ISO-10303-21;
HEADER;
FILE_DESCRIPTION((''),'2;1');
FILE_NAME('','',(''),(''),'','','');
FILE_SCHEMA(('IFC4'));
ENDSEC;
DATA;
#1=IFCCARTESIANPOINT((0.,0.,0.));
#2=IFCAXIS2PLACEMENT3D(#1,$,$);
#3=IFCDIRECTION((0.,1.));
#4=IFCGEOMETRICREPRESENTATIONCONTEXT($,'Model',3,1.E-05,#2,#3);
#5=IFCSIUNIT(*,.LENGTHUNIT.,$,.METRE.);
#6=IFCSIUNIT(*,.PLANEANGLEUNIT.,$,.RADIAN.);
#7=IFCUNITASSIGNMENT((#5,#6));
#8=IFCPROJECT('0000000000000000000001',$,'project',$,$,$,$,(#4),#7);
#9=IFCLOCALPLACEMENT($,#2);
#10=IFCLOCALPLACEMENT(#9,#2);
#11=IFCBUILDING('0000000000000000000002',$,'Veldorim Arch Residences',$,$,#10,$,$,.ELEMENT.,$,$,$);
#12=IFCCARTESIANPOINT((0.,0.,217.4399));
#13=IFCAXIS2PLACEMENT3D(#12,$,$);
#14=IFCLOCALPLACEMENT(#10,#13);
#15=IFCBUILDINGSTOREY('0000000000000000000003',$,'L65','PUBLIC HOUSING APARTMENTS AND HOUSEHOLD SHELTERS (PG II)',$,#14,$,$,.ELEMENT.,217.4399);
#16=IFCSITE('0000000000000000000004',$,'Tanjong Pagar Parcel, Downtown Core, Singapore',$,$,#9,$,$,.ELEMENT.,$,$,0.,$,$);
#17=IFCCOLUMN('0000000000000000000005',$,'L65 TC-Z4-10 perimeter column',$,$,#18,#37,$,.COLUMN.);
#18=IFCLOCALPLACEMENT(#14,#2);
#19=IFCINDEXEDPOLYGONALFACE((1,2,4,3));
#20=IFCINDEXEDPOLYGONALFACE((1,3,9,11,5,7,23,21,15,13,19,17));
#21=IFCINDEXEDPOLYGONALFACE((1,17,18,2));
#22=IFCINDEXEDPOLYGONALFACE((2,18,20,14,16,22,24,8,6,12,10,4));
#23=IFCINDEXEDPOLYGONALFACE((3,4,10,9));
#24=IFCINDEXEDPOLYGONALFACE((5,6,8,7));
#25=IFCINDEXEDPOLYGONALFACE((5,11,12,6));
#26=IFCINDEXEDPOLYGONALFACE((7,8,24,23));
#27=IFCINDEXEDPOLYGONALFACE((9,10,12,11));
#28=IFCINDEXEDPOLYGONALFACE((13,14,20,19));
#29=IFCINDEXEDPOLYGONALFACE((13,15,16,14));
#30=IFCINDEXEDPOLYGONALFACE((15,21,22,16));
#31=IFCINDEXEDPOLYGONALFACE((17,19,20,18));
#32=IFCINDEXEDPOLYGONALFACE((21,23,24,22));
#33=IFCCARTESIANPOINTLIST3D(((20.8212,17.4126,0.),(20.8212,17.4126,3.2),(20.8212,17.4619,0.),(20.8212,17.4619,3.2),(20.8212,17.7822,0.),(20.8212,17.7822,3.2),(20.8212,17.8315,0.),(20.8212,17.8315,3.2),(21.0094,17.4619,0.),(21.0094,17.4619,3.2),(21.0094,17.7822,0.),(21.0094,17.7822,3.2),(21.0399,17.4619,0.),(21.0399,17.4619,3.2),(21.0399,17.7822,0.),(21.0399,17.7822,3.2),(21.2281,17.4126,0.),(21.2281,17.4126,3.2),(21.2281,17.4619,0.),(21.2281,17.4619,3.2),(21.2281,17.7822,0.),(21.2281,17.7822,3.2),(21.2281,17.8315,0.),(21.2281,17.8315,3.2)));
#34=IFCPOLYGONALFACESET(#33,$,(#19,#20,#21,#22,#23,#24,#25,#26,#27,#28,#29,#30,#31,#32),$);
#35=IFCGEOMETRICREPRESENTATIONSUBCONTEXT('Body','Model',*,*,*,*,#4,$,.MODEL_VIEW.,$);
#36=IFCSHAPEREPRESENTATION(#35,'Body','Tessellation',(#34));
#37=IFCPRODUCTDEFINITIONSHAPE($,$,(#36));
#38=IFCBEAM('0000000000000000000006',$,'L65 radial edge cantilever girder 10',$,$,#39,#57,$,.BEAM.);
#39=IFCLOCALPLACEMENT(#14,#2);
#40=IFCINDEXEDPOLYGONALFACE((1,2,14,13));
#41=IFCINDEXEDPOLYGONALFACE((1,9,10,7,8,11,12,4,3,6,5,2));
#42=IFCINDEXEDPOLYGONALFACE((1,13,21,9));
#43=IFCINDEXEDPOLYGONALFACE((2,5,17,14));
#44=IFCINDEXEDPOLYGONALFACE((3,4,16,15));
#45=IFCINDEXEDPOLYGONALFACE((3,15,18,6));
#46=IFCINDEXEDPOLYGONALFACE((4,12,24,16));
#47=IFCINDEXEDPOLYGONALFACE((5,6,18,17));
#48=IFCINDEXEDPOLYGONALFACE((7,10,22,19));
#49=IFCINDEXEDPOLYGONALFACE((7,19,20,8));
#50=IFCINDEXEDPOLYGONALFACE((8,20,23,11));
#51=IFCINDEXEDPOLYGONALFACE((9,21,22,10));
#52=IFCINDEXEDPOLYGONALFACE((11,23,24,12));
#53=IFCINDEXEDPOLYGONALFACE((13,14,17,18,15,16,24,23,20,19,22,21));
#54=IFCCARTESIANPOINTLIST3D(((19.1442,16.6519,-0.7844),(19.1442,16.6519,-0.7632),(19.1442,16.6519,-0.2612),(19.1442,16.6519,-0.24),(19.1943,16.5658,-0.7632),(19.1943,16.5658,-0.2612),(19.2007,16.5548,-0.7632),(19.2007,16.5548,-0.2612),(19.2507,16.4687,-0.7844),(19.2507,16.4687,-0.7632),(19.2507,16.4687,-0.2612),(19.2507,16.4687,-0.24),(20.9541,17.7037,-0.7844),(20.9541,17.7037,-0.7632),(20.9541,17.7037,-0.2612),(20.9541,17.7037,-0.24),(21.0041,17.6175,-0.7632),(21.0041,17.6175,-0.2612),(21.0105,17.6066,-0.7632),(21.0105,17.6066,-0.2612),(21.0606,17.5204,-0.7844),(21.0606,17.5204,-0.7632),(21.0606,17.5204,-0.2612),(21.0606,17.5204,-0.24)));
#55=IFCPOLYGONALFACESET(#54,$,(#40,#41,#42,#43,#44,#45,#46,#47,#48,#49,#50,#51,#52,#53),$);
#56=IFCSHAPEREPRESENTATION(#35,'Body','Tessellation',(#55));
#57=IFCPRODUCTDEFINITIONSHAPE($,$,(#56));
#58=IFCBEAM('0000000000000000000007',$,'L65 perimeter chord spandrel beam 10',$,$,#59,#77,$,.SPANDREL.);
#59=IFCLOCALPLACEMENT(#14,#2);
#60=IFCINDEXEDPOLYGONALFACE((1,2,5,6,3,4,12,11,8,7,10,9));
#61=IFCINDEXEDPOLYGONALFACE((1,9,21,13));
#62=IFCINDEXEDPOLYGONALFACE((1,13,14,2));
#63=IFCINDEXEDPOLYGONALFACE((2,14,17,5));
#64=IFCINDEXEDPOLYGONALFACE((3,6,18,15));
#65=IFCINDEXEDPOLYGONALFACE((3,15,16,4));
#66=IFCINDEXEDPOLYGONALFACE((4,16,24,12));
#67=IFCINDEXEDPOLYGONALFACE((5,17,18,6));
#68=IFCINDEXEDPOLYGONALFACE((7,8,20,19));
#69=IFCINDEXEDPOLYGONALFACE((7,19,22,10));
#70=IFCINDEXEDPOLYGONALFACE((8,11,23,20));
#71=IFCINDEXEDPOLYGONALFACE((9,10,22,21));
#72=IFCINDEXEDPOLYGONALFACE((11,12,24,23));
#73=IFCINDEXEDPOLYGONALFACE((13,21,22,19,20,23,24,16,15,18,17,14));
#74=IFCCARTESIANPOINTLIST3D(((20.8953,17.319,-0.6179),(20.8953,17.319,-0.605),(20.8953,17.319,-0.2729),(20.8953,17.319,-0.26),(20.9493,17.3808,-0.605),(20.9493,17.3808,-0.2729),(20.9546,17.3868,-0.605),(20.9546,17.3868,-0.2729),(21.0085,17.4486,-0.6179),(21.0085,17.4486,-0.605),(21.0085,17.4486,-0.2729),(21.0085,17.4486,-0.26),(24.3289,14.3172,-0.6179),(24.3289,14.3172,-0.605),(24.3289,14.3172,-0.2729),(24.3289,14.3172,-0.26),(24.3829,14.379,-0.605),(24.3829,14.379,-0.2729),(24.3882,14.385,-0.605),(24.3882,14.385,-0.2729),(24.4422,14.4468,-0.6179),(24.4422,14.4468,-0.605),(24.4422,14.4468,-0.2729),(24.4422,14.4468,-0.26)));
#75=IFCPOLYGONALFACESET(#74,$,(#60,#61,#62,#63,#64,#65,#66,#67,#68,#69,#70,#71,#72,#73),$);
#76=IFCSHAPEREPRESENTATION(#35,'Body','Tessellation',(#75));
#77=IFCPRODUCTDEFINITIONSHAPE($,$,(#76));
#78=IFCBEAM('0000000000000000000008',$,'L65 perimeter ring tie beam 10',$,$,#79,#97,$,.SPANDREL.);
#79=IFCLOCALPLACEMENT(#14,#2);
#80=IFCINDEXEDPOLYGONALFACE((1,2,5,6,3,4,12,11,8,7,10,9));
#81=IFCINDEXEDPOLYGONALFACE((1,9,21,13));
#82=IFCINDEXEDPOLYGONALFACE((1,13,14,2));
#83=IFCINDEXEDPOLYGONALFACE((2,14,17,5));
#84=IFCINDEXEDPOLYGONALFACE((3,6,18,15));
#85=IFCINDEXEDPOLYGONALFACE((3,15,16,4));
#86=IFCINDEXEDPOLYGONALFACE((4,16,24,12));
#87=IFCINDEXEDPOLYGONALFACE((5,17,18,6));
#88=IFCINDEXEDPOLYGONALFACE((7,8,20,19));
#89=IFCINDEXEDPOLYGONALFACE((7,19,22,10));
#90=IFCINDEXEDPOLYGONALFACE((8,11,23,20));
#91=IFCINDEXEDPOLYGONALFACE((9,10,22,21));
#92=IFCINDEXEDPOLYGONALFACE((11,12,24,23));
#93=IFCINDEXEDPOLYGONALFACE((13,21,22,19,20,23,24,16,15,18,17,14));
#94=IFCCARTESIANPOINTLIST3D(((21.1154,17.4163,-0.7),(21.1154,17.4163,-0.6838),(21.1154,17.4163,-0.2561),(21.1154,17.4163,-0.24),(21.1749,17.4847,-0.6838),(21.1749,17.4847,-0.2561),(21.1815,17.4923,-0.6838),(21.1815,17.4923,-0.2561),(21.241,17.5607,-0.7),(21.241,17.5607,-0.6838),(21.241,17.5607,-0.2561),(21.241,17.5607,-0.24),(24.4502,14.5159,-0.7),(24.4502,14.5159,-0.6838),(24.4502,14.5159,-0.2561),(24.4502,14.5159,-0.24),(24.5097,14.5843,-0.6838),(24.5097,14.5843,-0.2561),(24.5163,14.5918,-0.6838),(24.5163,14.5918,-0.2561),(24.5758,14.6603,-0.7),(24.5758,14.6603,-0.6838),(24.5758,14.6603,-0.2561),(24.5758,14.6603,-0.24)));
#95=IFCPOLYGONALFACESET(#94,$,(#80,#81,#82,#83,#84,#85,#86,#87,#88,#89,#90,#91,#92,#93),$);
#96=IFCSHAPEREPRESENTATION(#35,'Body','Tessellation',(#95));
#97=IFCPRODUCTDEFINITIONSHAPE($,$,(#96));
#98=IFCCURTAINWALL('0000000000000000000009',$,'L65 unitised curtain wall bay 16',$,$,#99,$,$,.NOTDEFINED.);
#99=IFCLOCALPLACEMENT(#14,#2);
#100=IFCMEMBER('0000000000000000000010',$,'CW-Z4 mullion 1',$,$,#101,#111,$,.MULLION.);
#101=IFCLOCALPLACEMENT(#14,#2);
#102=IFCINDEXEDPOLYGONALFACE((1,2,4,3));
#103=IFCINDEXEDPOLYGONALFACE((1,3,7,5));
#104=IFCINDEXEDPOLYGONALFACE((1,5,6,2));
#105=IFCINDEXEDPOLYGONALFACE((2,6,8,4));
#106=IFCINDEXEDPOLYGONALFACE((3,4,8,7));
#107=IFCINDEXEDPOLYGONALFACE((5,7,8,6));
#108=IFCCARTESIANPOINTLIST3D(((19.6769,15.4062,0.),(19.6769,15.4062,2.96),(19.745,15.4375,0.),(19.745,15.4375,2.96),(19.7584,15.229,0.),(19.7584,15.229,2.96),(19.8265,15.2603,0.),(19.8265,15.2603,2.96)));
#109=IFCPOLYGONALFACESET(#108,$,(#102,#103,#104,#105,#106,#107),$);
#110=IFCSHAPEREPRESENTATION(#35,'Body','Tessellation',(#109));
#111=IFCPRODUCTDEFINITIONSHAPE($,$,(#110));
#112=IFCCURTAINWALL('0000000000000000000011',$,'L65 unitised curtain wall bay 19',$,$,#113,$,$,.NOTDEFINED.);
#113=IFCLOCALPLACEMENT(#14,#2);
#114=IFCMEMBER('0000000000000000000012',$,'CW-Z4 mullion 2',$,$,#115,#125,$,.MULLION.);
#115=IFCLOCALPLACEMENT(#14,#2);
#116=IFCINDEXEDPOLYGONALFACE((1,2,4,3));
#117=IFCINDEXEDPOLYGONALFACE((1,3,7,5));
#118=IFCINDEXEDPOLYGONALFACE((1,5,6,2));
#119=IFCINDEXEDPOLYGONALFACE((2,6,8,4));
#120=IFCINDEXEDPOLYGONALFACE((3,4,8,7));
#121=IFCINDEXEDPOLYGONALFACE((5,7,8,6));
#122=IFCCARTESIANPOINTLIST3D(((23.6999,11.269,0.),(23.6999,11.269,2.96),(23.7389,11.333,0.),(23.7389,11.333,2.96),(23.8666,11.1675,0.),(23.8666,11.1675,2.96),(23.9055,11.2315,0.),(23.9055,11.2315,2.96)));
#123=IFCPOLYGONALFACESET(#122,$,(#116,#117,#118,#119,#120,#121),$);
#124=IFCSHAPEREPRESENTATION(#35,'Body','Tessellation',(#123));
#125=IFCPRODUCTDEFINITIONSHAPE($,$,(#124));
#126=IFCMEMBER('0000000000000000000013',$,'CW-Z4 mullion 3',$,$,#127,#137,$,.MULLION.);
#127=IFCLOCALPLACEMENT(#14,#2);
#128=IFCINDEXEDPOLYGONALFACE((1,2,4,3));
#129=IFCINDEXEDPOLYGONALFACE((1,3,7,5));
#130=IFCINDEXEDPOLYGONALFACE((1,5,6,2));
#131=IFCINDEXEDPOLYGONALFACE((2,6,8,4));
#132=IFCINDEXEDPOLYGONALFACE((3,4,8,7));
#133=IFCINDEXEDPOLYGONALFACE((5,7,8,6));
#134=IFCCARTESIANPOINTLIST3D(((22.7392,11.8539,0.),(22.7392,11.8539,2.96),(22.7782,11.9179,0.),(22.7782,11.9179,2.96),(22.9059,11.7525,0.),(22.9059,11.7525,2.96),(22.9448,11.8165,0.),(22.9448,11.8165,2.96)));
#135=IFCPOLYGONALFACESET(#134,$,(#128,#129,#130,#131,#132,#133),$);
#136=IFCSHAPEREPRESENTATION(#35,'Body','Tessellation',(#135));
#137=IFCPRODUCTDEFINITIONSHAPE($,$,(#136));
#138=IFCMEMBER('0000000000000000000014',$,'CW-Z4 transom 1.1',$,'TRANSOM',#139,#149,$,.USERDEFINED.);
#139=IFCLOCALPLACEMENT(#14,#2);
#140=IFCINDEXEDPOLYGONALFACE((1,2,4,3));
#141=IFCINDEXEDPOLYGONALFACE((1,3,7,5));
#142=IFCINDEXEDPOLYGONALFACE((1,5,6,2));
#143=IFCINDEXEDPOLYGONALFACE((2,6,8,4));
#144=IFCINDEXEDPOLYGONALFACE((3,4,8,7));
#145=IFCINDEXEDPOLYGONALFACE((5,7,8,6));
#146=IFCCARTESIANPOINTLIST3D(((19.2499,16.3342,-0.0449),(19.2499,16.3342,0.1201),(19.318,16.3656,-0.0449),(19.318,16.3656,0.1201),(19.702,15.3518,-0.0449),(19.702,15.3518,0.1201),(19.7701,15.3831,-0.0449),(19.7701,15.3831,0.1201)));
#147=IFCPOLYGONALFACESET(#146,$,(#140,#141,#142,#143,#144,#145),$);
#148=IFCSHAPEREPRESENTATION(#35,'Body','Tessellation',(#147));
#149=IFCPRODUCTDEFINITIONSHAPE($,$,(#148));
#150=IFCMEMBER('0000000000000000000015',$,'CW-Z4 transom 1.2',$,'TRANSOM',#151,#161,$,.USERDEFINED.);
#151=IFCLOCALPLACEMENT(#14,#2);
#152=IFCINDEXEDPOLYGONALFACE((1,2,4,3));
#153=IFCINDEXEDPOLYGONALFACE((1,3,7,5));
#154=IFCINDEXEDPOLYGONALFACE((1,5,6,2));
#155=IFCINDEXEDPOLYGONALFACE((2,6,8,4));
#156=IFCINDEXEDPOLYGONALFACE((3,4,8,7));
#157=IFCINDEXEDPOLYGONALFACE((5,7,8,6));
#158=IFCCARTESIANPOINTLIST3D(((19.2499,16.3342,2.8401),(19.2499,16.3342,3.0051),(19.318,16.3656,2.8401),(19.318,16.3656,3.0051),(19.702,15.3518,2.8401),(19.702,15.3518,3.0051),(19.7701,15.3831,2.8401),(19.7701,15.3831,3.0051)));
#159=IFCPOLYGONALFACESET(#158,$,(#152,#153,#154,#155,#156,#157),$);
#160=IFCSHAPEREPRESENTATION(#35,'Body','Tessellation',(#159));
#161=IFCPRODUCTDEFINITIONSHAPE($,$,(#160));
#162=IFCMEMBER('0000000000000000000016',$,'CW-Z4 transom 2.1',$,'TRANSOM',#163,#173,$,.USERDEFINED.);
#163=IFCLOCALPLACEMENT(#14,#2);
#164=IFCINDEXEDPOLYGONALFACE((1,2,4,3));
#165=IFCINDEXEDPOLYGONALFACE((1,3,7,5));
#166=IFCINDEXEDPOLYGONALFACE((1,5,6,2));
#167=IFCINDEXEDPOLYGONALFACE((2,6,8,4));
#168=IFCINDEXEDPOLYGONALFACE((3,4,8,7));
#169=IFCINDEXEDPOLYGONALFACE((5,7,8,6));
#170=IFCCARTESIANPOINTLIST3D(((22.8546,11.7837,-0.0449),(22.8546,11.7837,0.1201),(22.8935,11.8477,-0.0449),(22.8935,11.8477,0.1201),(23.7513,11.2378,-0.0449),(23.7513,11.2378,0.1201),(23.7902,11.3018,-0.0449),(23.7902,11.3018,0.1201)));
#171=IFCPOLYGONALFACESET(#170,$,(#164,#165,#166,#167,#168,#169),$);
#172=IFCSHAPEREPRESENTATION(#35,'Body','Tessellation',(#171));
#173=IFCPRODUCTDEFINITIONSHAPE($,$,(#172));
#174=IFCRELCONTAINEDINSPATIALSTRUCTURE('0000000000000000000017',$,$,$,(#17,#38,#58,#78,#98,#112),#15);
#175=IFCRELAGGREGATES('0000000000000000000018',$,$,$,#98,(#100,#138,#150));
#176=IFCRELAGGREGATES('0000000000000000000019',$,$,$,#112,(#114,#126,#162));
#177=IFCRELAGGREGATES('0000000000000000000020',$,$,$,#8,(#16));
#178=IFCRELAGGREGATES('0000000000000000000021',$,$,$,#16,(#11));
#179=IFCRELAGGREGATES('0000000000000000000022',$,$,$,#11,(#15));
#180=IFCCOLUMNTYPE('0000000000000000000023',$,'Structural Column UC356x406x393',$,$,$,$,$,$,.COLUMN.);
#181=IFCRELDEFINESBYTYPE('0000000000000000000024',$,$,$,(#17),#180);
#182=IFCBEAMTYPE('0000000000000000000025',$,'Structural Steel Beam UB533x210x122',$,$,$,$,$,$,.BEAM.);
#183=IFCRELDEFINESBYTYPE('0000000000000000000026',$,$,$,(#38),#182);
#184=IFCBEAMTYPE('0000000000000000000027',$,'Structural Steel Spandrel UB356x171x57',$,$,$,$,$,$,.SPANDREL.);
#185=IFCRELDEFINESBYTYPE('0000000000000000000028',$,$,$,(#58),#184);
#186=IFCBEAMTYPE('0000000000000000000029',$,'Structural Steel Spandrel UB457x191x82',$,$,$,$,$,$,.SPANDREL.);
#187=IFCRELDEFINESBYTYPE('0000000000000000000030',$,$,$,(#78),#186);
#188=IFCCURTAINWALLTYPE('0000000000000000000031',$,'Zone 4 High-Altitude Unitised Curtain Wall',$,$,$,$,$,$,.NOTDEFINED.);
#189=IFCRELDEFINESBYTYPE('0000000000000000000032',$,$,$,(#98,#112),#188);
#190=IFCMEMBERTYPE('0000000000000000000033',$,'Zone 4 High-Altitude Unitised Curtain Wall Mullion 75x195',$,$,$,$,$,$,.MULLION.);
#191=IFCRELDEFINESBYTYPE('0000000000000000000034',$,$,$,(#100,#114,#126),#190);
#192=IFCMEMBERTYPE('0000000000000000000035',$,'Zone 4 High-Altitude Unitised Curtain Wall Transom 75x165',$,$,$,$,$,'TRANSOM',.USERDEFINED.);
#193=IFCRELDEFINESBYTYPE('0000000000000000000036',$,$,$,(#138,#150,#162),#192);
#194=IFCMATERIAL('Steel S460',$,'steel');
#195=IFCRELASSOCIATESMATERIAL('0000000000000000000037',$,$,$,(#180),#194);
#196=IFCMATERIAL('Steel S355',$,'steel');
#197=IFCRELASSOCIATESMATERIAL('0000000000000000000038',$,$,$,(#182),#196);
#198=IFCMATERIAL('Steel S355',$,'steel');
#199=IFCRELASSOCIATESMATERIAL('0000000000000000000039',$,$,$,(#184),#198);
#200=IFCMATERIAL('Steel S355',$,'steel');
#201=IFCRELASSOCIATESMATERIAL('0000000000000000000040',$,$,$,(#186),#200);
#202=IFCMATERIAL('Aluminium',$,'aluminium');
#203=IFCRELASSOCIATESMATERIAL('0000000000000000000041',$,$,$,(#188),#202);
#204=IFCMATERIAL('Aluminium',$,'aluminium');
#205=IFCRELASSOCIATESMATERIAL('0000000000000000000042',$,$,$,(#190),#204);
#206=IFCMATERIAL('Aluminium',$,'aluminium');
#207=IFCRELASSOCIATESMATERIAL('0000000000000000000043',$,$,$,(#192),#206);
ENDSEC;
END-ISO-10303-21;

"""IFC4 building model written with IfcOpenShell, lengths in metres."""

from ifc_helpers import new_model, si_unit, direction, frame, origin, origin_2d, place, context, subcontext, project, spatial, rectangle, i_section, extrude, material, material_profile, profile_set, type_object, element, aggregate, save


model = new_model("IFC4")

# Units and contexts
model_context = context("Model", 3, precision=1e-05, world=origin(), true_north=direction((0.0, 1.0)))
body_context = subcontext(model_context, "Body", "Model", "MODEL_VIEW")
ifc_project = project(units=[si_unit("LENGTHUNIT", "METRE"), si_unit("PLANEANGLEUNIT", "RADIAN")], contexts=[model_context])

# Site, building, storey
site_placement = place(None, origin())
site = spatial("IfcSite", under=ifc_project, at=site_placement, Name="Tanjong Pagar Parcel, Downtown Core, Singapore", CompositionType="ELEMENT", RefElevation=0.0)
building_placement = place(site_placement, origin())
building = spatial("IfcBuilding", under=site, at=building_placement, Name="Veldorim Arch Residences", CompositionType="ELEMENT")
storey_placement = place(building_placement, frame((0.0, 0.0, 217.4399)))
storey = spatial("IfcBuildingStorey", under=building, at=storey_placement, Name="L65", Description="PUBLIC HOUSING APARTMENTS AND HOUSEHOLD SHELTERS (PG II)", CompositionType="ELEMENT", Elevation=217.4399)

# Column
ifc_material_1 = material(Name="Steel S460", Category="steel")
ifc_material_profile_1 = material_profile(ifc_material_1, i_section(OverallWidth=0.407, OverallDepth=0.4189, WebThickness=0.0305, FlangeThickness=0.0493, at=origin_2d()), Name="UC356x406x393")
ifc_profile_set_1 = profile_set([ifc_material_profile_1], Name="Steel S460")
column_type = type_object("IfcColumnType", Name="Structural Column UC356x406x393", PredefinedType="COLUMN", material=ifc_profile_set_1)
column_placement = place(storey_placement, frame((21.0247, 17.6221, 0.0), z_axis=(0.0, 0.0, 1.0), x_axis=(1.0, 0.0, 0.0)))
element("IfcColumn", 1, at=column_placement, inside=storey, type_object=column_type, Name="L65 TC-Z4-10 perimeter column", PredefinedType="COLUMN", context=body_context, shape_type="SweptSolid", body=[
    extrude(i_section(OverallWidth=0.407, OverallDepth=0.4189, WebThickness=0.0305, FlangeThickness=0.0493, at=origin_2d()), origin(), (0.0, 0.0, 1.0), 3.2),
])

# Beams
ifc_material_2 = material(Name="Steel S355", Category="steel")
ifc_material_profile_2 = material_profile(ifc_material_2, i_section(OverallWidth=0.2119, OverallDepth=0.5444, WebThickness=0.0127, FlangeThickness=0.0212, at=origin_2d()), Name="UB533x210x122")
ifc_profile_set_2 = profile_set([ifc_material_profile_2], Name="Steel S355")
beam_type_1 = type_object("IfcBeamType", Name="Structural Steel Beam UB533x210x122", PredefinedType="BEAM", material=ifc_profile_set_2)
beam_1_placement = place(storey_placement, frame((21.0073, 17.6121, -0.5122), z_axis=(-0.864603, -0.502456, 0.0), x_axis=(0.502456, -0.864603, 0.0)))
element("IfcBeam", 2, at=beam_1_placement, inside=storey, type_object=beam_type_1, Name="L65 radial edge cantilever girder 10", PredefinedType="BEAM", context=body_context, shape_type="SweptSolid", body=[
    extrude(i_section(OverallWidth=0.2119, OverallDepth=0.5444, WebThickness=0.0127, FlangeThickness=0.0212, at=origin_2d()), origin(), (0.0, 0.0, 1.0), 2.0933),
])
ifc_material_3 = material(Name="Steel S355", Category="steel")
ifc_material_profile_3 = material_profile(ifc_material_3, i_section(OverallWidth=0.1721, OverallDepth=0.3579, WebThickness=0.0081, FlangeThickness=0.0129, at=origin_2d()), Name="UB356x171x57")
ifc_profile_set_3 = profile_set([ifc_material_profile_3], Name="Steel S355")
beam_type_2 = type_object("IfcBeamType", Name="Structural Steel Spandrel UB356x171x57", PredefinedType="SPANDREL", material=ifc_profile_set_3)
beam_2_placement = place(storey_placement, frame((20.9519, 17.3838, -0.439), z_axis=(0.752868, -0.658171, 0.0), x_axis=(0.658171, 0.752868, 0.0)))
element("IfcBeam", 3, at=beam_2_placement, inside=storey, type_object=beam_type_2, Name="L65 perimeter chord spandrel beam 10", PredefinedType="SPANDREL", context=body_context, shape_type="SweptSolid", body=[
    extrude(i_section(OverallWidth=0.1721, OverallDepth=0.3579, WebThickness=0.0081, FlangeThickness=0.0129, at=origin_2d()), origin(), (0.0, 0.0, 1.0), 4.5608),
])
ifc_material_4 = material(Name="Steel S355", Category="steel")
ifc_material_profile_4 = material_profile(ifc_material_4, i_section(OverallWidth=0.1914, OverallDepth=0.46, WebThickness=0.01, FlangeThickness=0.0161, at=origin_2d()), Name="UB457x191x82")
ifc_profile_set_4 = profile_set([ifc_material_profile_4], Name="Steel S355")
beam_type_3 = type_object("IfcBeamType", Name="Structural Steel Spandrel UB457x191x82", PredefinedType="SPANDREL", material=ifc_profile_set_4)
beam_3_placement = place(storey_placement, frame((21.1782, 17.4885, -0.47), z_axis=(0.754534, -0.656261, 0.0), x_axis=(0.656261, 0.754534, 0.0)))
element("IfcBeam", 4, at=beam_3_placement, inside=storey, type_object=beam_type_3, Name="L65 perimeter ring tie beam 10", PredefinedType="SPANDREL", context=body_context, shape_type="SweptSolid", body=[
    extrude(i_section(OverallWidth=0.1914, OverallDepth=0.46, WebThickness=0.01, FlangeThickness=0.0161, at=origin_2d()), origin(), (0.0, 0.0, 1.0), 4.4197),
])

# Curtain wall, member
ifc_material_5 = material(Name="Aluminium", Category="aluminium")
curtain_wall_type = type_object("IfcCurtainWallType", Name="Zone 4 High-Altitude Unitised Curtain Wall", PredefinedType="NOTDEFINED", material=ifc_material_5)
curtain_wall_1_placement = place(storey_placement, origin())
curtain_wall_1 = element("IfcCurtainWall", 5, at=curtain_wall_1_placement, inside=storey, type_object=curtain_wall_type, Name="L65 unitised curtain wall bay 16", PredefinedType="NOTDEFINED")
ifc_material_6 = material(Name="Aluminium", Category="aluminium")
ifc_material_profile_5 = material_profile(ifc_material_6, rectangle(XDim=0.075, YDim=0.1951, at=origin_2d()), Name="ALU_MUL_75x195")
ifc_profile_set_5 = profile_set([ifc_material_profile_5], Name="Aluminium")
member_type_1 = type_object("IfcMemberType", Name="Zone 4 High-Altitude Unitised Curtain Wall Mullion 75x195", PredefinedType="MULLION", material=ifc_profile_set_5)
member_1_placement = place(storey_placement, frame((19.7517, 15.3333, 0.0), z_axis=(0.0, 0.0, 1.0), x_axis=(-0.9084, -0.418102, 0.0)))
member_1 = element("IfcMember", 6, at=member_1_placement, type_object=member_type_1, Name="CW-Z4 mullion 1", PredefinedType="MULLION", context=body_context, shape_type="SweptSolid", body=[
    extrude(rectangle(XDim=0.075, YDim=0.1951, at=origin_2d()), origin(), (0.0, 0.0, 1.0), 2.96),
])

# Curtain wall, members
curtain_wall_2_placement = place(storey_placement, origin())
curtain_wall_2 = element("IfcCurtainWall", 7, at=curtain_wall_2_placement, inside=storey, type_object=curtain_wall_type, Name="L65 unitised curtain wall bay 19", PredefinedType="NOTDEFINED")
member_2_placement = place(storey_placement, frame((23.8027, 11.2502, 0.0), z_axis=(0.0, 0.0, 1.0), x_axis=(-0.520033, -0.854146, 0.0)))
member_2 = element("IfcMember", 8, at=member_2_placement, type_object=member_type_1, Name="CW-Z4 mullion 2", PredefinedType="MULLION", context=body_context, shape_type="SweptSolid", body=[
    extrude(rectangle(XDim=0.075, YDim=0.1951, at=origin_2d()), origin(), (0.0, 0.0, 1.0), 2.96),
])
member_3_placement = place(storey_placement, frame((22.842, 11.8352, 0.0), z_axis=(0.0, 0.0, 1.0), x_axis=(-0.520033, -0.854146, 0.0)))
member_3 = element("IfcMember", 9, at=member_3_placement, type_object=member_type_1, Name="CW-Z4 mullion 3", PredefinedType="MULLION", context=body_context, shape_type="SweptSolid", body=[
    extrude(rectangle(XDim=0.075, YDim=0.1951, at=origin_2d()), origin(), (0.0, 0.0, 1.0), 2.96),
])

# Members
ifc_material_7 = material(Name="Aluminium", Category="aluminium")
ifc_material_profile_6 = material_profile(ifc_material_7, rectangle(XDim=0.075, YDim=0.165, at=origin_2d()), Name="ALU_TRN_75x165")
ifc_profile_set_6 = profile_set([ifc_material_profile_6], Name="Aluminium")
member_type_2 = type_object("IfcMemberType", Name="Zone 4 High-Altitude Unitised Curtain Wall Transom 75x165", ElementType="TRANSOM", PredefinedType="USERDEFINED", material=ifc_profile_set_6)
member_4_placement = place(storey_placement, frame((19.7361, 15.3674, 0.0376), z_axis=(-0.418084, 0.908408, 0.0), x_axis=(-0.908408, -0.418084, 0.0)))
member_4 = element("IfcMember", 10, at=member_4_placement, type_object=member_type_2, Name="CW-Z4 transom 1.1", ObjectType="TRANSOM", PredefinedType="USERDEFINED", context=body_context, shape_type="SweptSolid", body=[
    extrude(rectangle(XDim=0.075, YDim=0.165, at=origin_2d()), origin(), (0.0, 0.0, 1.0), 1.0815),
])
member_5_placement = place(storey_placement, frame((19.7361, 15.3674, 2.9226), z_axis=(-0.418084, 0.908408, 0.0), x_axis=(-0.908408, -0.418084, 0.0)))
member_5 = element("IfcMember", 11, at=member_5_placement, type_object=member_type_2, Name="CW-Z4 transom 1.2", ObjectType="TRANSOM", PredefinedType="USERDEFINED", context=body_context, shape_type="SweptSolid", body=[
    extrude(rectangle(XDim=0.075, YDim=0.165, at=origin_2d()), origin(), (0.0, 0.0, 1.0), 1.0815),
])
member_6_placement = place(storey_placement, frame((23.7708, 11.2698, 0.0376), z_axis=(-0.854172, 0.519991, 0.0), x_axis=(-0.519991, -0.854172, 0.0)))
member_6 = element("IfcMember", 12, at=member_6_placement, type_object=member_type_2, Name="CW-Z4 transom 2.1", ObjectType="TRANSOM", PredefinedType="USERDEFINED", context=body_context, shape_type="SweptSolid", body=[
    extrude(rectangle(XDim=0.075, YDim=0.165, at=origin_2d()), origin(), (0.0, 0.0, 1.0), 1.0498),
])

aggregate(curtain_wall_1, [member_1, member_4, member_5])
aggregate(curtain_wall_2, [member_2, member_3, member_6])

save(model, "model.ifc")
